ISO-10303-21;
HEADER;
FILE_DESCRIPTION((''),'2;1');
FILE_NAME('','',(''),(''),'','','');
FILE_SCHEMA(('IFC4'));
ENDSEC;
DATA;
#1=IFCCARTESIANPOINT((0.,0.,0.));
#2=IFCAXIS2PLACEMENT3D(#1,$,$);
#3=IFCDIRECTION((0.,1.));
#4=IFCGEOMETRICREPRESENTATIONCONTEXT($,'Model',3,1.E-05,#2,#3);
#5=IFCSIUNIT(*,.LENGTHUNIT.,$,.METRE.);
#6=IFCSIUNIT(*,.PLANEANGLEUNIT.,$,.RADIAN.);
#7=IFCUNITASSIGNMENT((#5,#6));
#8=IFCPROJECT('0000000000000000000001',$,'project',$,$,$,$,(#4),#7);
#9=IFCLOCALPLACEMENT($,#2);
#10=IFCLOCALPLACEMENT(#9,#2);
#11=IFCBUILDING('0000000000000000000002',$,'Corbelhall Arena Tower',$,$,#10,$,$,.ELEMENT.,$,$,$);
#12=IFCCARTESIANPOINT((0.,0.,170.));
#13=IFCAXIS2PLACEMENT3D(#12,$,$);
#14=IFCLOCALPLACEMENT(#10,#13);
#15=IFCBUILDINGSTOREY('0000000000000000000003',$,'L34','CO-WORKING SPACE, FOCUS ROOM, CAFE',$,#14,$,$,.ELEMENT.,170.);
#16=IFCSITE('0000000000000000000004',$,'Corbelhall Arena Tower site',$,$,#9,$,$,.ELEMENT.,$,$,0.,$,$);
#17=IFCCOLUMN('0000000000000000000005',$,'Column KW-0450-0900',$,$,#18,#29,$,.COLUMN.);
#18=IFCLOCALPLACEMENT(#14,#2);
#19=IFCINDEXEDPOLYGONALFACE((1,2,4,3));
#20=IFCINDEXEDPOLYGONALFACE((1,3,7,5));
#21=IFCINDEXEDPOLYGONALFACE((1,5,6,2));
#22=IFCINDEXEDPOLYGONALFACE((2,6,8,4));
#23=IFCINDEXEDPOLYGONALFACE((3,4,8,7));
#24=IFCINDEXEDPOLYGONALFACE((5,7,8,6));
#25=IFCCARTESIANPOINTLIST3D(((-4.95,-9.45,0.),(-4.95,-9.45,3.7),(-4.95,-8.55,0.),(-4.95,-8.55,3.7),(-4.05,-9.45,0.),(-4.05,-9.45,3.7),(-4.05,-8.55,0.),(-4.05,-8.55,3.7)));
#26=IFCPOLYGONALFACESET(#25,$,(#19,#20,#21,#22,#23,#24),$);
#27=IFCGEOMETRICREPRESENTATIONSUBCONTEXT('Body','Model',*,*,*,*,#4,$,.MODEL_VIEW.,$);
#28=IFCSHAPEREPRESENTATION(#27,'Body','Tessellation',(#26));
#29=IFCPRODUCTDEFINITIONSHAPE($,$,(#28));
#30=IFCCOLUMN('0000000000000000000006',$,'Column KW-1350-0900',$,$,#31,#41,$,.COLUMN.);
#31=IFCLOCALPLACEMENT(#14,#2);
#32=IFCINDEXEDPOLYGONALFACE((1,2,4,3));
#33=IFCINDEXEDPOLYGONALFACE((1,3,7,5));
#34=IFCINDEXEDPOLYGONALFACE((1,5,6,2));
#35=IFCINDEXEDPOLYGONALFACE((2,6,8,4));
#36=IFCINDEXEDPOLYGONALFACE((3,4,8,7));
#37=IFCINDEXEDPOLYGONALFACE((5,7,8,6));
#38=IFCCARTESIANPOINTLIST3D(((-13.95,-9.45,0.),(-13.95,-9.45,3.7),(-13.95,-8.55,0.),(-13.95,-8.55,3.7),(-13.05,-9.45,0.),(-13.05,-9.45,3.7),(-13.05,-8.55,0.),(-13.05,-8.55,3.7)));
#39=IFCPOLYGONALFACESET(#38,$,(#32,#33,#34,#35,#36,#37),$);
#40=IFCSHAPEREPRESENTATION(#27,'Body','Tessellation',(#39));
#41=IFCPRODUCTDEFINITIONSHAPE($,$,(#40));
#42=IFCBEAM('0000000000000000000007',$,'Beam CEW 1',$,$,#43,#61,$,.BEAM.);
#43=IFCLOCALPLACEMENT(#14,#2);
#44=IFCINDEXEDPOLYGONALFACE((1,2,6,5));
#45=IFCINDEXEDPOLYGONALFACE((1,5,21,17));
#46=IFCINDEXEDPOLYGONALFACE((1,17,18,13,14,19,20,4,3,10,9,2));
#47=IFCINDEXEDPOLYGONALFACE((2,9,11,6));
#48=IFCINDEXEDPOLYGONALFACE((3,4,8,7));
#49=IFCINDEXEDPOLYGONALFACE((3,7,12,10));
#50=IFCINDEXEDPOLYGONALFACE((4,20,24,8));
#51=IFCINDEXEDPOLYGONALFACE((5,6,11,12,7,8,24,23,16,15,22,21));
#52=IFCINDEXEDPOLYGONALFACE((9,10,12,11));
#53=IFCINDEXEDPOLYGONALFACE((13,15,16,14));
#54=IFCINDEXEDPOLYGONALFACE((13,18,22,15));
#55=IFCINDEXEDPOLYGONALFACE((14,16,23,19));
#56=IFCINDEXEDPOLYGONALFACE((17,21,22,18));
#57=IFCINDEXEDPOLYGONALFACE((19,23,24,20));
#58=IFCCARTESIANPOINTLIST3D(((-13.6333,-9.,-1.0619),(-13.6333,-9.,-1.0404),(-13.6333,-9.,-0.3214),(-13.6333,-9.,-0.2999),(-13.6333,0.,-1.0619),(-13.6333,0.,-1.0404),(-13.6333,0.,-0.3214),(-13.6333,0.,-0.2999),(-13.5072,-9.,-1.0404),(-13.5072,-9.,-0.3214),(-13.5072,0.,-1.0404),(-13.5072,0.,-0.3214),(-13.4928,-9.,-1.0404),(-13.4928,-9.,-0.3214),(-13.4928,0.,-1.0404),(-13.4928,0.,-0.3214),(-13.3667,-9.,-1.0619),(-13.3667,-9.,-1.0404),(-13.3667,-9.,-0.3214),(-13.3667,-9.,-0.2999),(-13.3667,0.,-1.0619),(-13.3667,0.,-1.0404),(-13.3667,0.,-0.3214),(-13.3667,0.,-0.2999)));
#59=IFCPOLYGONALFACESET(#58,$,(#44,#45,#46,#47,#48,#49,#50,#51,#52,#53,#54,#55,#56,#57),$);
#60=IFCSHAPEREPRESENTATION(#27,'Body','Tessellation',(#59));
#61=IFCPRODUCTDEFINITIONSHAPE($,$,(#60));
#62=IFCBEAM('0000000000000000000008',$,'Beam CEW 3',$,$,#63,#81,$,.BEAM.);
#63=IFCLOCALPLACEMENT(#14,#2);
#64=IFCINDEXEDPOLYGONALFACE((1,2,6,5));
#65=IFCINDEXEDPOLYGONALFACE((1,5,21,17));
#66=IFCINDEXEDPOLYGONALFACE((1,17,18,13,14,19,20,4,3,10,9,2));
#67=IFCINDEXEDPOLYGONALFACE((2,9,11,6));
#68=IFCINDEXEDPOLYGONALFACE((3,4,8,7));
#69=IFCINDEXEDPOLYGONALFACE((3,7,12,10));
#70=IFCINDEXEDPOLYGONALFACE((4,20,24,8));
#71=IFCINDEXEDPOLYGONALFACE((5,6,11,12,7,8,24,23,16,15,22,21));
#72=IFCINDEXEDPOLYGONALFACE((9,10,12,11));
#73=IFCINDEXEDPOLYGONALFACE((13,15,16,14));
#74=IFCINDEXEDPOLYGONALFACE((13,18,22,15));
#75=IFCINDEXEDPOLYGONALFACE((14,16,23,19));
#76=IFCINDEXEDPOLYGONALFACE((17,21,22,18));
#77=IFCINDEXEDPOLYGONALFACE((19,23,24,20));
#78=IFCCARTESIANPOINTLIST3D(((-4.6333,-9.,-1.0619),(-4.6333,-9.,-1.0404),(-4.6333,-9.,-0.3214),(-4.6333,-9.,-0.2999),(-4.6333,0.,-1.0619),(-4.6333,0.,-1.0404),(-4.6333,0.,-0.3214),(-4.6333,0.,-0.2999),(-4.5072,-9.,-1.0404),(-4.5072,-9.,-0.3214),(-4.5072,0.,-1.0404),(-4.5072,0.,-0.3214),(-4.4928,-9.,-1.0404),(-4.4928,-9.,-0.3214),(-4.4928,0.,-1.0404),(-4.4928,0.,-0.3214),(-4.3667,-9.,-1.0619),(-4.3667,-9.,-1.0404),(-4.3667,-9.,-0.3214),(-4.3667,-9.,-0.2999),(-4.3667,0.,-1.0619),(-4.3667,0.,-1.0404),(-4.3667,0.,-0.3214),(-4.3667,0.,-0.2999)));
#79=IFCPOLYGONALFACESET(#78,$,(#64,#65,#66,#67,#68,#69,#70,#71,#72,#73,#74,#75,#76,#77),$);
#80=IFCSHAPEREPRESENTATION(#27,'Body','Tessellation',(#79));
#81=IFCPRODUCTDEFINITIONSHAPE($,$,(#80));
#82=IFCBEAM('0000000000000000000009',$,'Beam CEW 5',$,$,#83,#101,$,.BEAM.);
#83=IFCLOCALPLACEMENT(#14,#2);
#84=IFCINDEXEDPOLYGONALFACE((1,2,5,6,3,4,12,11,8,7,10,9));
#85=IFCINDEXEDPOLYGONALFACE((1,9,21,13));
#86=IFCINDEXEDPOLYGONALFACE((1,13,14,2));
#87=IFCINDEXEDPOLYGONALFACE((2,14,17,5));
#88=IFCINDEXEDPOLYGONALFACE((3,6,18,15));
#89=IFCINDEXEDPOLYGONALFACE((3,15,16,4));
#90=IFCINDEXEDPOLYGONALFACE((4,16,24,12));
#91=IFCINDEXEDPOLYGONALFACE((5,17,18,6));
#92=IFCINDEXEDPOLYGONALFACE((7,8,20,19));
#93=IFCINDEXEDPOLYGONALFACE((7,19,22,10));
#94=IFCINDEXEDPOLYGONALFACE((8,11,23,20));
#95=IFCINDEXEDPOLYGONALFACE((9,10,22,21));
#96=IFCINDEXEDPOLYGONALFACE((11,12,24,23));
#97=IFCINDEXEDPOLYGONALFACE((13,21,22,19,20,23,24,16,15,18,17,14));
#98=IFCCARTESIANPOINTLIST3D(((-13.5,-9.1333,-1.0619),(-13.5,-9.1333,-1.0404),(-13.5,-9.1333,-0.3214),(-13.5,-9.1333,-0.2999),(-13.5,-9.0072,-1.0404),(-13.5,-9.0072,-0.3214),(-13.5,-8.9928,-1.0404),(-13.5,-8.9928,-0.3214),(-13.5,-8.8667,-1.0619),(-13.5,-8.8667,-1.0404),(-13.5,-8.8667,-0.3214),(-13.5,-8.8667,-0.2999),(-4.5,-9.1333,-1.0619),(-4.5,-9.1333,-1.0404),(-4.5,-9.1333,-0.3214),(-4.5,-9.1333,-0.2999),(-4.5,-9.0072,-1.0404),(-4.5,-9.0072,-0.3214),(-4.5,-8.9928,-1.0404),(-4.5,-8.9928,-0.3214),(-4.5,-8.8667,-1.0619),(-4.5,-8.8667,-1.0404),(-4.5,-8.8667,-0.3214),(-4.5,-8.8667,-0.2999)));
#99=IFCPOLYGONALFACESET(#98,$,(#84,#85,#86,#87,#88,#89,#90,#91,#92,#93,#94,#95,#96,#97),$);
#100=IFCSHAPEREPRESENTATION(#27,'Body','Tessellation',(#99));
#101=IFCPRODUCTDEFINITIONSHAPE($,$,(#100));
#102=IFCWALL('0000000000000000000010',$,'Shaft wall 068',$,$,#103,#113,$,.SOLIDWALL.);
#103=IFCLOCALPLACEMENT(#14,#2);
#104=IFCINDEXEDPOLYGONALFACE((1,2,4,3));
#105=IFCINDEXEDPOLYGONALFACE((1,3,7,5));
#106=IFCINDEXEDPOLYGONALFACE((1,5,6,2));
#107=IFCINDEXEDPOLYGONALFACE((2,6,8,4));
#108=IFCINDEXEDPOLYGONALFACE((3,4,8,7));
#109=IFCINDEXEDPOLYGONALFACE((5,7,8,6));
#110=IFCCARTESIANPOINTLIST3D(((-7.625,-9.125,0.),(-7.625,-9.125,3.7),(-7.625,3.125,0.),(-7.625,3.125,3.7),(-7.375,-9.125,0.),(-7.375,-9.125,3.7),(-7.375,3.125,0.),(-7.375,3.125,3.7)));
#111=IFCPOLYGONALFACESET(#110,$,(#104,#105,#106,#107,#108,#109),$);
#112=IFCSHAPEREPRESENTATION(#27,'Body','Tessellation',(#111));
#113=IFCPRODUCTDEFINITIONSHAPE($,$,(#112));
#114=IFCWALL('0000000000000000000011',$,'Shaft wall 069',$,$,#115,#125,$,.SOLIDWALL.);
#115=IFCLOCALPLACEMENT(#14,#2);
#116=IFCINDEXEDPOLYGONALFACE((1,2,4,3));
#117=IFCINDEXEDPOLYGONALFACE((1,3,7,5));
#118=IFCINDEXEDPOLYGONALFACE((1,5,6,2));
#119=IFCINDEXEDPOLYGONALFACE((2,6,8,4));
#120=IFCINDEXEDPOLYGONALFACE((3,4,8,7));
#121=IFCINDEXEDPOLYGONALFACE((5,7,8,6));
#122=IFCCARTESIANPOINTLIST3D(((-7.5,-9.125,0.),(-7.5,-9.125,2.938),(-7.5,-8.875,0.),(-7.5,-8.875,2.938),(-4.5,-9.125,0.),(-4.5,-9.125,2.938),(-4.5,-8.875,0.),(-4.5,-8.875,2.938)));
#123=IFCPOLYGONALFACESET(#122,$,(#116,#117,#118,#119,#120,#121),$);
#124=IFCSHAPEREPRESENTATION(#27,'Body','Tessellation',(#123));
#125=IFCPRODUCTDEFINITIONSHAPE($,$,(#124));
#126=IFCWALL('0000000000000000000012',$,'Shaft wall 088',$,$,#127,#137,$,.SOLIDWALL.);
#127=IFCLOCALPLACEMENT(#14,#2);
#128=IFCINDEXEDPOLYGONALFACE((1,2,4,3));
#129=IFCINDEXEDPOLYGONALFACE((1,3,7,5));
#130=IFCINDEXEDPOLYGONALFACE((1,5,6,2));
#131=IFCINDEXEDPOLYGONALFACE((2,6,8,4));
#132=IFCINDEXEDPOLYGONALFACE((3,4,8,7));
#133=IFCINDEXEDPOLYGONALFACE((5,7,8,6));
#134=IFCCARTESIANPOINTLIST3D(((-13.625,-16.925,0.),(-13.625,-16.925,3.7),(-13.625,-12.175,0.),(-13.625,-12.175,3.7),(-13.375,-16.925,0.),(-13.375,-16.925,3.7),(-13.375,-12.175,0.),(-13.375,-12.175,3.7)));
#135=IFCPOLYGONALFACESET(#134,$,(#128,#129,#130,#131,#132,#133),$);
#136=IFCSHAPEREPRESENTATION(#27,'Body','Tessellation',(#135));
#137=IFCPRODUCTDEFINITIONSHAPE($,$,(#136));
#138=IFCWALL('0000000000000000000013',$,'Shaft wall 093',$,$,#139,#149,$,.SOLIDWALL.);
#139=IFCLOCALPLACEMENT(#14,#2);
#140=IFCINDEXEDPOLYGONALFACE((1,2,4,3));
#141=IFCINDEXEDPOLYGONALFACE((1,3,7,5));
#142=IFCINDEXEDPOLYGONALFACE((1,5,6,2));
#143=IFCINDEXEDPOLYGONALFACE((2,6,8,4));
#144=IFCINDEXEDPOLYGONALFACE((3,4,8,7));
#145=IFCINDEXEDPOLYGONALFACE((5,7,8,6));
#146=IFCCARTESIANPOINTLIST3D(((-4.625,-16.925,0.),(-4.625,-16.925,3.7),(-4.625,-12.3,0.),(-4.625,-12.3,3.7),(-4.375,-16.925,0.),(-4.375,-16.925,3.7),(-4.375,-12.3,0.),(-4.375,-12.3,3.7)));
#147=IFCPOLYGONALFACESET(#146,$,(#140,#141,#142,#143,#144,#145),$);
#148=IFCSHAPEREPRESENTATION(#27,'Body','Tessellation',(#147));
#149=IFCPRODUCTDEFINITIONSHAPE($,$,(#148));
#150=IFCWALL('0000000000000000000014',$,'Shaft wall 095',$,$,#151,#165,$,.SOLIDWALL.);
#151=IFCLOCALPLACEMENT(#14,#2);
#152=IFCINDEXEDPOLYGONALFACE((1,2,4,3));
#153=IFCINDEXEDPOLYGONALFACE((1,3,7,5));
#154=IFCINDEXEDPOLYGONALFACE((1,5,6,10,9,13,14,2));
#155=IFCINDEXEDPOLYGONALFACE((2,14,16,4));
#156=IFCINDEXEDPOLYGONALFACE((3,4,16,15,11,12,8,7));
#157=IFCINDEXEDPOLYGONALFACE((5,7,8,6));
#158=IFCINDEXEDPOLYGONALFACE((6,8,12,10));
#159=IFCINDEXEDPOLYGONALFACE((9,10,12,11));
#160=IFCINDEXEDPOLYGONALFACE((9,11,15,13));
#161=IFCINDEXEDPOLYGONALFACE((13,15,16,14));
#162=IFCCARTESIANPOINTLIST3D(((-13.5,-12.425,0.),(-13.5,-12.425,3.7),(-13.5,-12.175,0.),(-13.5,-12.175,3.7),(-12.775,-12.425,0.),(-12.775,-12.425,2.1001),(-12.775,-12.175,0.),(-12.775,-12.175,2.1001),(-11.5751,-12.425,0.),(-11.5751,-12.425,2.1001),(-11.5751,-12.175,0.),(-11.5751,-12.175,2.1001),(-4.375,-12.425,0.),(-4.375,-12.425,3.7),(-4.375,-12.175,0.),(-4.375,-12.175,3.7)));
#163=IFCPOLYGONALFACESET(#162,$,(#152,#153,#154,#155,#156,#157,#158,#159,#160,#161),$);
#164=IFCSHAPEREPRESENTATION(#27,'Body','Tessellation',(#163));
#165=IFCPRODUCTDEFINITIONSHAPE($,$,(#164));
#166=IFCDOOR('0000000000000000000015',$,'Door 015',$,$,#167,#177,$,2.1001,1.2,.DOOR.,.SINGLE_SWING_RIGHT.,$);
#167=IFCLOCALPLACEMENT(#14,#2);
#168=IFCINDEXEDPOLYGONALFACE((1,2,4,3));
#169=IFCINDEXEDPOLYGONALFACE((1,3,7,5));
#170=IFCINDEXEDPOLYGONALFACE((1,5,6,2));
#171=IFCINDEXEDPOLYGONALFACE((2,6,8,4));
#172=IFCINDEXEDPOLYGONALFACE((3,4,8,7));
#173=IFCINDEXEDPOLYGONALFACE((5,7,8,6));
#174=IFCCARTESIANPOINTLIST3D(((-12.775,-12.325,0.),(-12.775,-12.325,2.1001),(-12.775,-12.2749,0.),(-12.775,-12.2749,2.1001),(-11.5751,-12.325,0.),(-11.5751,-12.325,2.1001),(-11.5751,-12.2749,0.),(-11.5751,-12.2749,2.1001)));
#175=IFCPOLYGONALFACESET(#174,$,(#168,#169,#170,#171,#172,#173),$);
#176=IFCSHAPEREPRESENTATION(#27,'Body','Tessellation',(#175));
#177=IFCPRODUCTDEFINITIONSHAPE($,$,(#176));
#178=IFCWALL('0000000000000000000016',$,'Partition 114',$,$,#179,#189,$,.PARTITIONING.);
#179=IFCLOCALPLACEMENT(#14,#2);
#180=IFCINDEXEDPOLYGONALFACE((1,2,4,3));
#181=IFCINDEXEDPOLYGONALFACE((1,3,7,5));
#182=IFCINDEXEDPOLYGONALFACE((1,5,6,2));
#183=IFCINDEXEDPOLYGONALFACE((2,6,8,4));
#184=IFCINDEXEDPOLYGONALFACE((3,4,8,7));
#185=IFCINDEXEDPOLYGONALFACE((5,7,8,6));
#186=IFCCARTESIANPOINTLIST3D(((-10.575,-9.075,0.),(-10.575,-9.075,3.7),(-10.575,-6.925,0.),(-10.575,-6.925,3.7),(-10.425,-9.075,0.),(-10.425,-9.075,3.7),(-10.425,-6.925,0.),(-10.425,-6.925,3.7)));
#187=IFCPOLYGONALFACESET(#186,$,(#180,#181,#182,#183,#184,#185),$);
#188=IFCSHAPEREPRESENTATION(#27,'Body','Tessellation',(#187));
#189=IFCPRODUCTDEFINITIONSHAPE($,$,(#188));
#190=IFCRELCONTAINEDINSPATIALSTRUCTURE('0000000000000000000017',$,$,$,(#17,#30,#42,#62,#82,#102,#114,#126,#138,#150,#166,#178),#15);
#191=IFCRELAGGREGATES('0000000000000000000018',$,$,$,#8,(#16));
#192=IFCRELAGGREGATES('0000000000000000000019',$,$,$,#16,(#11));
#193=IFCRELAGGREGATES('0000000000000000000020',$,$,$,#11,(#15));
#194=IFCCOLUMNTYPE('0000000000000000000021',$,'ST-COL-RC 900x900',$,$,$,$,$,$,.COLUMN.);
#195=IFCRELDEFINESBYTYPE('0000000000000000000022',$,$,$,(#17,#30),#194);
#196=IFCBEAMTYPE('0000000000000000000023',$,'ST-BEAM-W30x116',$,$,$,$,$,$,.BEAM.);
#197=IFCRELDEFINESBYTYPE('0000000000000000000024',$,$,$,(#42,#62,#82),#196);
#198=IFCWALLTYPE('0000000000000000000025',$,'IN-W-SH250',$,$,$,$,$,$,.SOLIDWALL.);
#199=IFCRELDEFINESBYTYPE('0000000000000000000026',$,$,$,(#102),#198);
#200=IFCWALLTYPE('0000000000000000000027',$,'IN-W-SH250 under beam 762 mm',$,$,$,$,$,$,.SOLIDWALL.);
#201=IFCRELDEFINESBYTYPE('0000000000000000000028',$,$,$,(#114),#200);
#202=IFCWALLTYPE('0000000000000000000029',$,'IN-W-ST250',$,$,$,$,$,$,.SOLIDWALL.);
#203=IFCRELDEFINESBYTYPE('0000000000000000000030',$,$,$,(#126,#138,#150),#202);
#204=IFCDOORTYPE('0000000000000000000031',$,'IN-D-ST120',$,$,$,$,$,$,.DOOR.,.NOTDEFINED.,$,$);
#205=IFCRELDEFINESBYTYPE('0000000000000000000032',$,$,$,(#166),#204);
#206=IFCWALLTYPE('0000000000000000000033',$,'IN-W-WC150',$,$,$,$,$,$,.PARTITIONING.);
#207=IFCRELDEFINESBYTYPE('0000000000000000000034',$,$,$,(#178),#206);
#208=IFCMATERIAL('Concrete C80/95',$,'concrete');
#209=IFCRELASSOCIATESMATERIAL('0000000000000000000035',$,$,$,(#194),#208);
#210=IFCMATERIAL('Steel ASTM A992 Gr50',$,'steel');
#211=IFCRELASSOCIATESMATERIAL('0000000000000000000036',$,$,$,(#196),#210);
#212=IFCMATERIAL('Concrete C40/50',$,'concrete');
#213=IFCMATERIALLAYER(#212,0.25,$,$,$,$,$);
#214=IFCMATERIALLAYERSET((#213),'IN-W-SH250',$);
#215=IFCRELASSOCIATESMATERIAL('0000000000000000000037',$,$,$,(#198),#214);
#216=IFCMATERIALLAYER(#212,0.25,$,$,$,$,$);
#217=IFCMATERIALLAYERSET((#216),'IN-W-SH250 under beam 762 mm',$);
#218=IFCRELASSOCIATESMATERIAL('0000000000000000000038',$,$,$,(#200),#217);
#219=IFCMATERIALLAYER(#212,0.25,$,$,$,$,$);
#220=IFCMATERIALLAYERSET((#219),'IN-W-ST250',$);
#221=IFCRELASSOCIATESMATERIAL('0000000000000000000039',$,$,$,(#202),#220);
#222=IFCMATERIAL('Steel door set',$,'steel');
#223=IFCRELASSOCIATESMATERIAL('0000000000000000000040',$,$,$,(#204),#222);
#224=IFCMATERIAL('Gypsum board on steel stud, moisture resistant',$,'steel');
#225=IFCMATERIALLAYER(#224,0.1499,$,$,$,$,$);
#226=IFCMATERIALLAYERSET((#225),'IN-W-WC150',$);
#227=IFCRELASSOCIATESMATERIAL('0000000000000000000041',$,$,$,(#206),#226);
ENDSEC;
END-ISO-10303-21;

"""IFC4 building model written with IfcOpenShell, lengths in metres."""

from ifc_helpers import new_model, si_unit, direction, frame, frame_2d, origin, origin_2d, place, context, subcontext, project, spatial, rectangle, i_section, extrude, material, layer, layer_set, material_profile, profile_set, type_object, element, fill, save


model = new_model("IFC4")

# Units and contexts
model_context = context("Model", 3, precision=1e-05, world=origin(), true_north=direction((0.0, 1.0)))
body_context = subcontext(model_context, "Body", "Model", "MODEL_VIEW")
ifc_project = project(units=[si_unit("LENGTHUNIT", "METRE"), si_unit("PLANEANGLEUNIT", "RADIAN")], contexts=[model_context])

# Site, building, storey
site_placement = place(None, origin())
site = spatial("IfcSite", under=ifc_project, at=site_placement, Name="Corbelhall Arena Tower site", CompositionType="ELEMENT", RefElevation=0.0)
building_placement = place(site_placement, origin())
building = spatial("IfcBuilding", under=site, at=building_placement, Name="Corbelhall Arena Tower", CompositionType="ELEMENT")
storey_placement = place(building_placement, frame((0.0, 0.0, 170.0)))
storey = spatial("IfcBuildingStorey", under=building, at=storey_placement, Name="L34", Description="CO-WORKING SPACE, FOCUS ROOM, CAFE", CompositionType="ELEMENT", Elevation=170.0)

# Columns
ifc_material_1 = material(Name="Concrete C80/95", Category="concrete")
ifc_material_profile_1 = material_profile(ifc_material_1, rectangle(XDim=0.8999, YDim=0.8999, at=origin_2d()))
ifc_profile_set_1 = profile_set([ifc_material_profile_1], Name="Concrete C80/95")
column_type = type_object("IfcColumnType", Name="ST-COL-RC 900x900", PredefinedType="COLUMN", material=ifc_profile_set_1)
for number, where, z_axis, x_axis, name in (
    (1, (-4.5, -9.0, 0.0), (0.0, 0.0, 1.0), (1.0, 0.0, 0.0), "Column KW-0450-0900"),
    (2, (-13.5, -9.0, 0.0), (0.0, 0.0, 1.0), (1.0, 0.0, 0.0), "Column KW-1350-0900"),
):
    element("IfcColumn", number, at=place(storey_placement, frame(where, z_axis=z_axis, x_axis=x_axis)), inside=storey, type_object=column_type, Name=name, PredefinedType="COLUMN", context=body_context, shape_type="SweptSolid", body=[
        extrude(rectangle(XDim=0.8999, YDim=0.8999, at=origin_2d()), origin(), (0.0, 0.0, 1.0), 3.7),
    ])

# Beams
ifc_material_2 = material(Name="Steel ASTM A992 Gr50", Category="steel")
ifc_material_profile_2 = material_profile(ifc_material_2, i_section(OverallWidth=0.2666, OverallDepth=0.762, WebThickness=0.0144, FlangeThickness=0.0215, at=origin_2d()))
ifc_profile_set_2 = profile_set([ifc_material_profile_2], Name="Steel ASTM A992 Gr50")
beam_type = type_object("IfcBeamType", Name="ST-BEAM-W30x116", PredefinedType="BEAM", material=ifc_profile_set_2)
for number, where, z_axis, x_axis, name in (
    (3, (-13.5, -9.0, -0.6809), (0.0, 1.0, 0.0), (-1.0, 0.0, 0.0), "Beam CEW 1"),
    (4, (-4.5, -9.0, -0.6809), (0.0, 1.0, 0.0), (-1.0, 0.0, 0.0), "Beam CEW 3"),
    (5, (-13.5, -9.0, -0.6809), (1.0, 0.0, 0.0), (0.0, 1.0, 0.0), "Beam CEW 5"),
):
    element("IfcBeam", number, at=place(storey_placement, frame(where, z_axis=z_axis, x_axis=x_axis)), inside=storey, type_object=beam_type, Name=name, PredefinedType="BEAM", context=body_context, shape_type="SweptSolid", body=[
        extrude(i_section(OverallWidth=0.2666, OverallDepth=0.762, WebThickness=0.0144, FlangeThickness=0.0215, at=origin_2d()), origin(), (0.0, 0.0, 1.0), 9.0),
    ])

# Walls
ifc_material_3 = material(Name="Concrete C40/50", Category="concrete")
ifc_layer_1 = layer(ifc_material_3, 0.25)
ifc_layer_set_1 = layer_set([ifc_layer_1], Name="IN-W-SH250")
wall_type_1 = type_object("IfcWallType", Name="IN-W-SH250", PredefinedType="SOLIDWALL", material=ifc_layer_set_1)
wall_1_placement = place(storey_placement, frame((-7.5, -9.125, 0.0), z_axis=(0.0, 0.0, 1.0), x_axis=(0.0, 1.0, 0.0)))
element("IfcWall", 6, at=wall_1_placement, inside=storey, type_object=wall_type_1, Name="Shaft wall 068", PredefinedType="SOLIDWALL", context=body_context, shape_type="SweptSolid", body=[
    extrude(rectangle(XDim=12.25, YDim=0.25, at=frame_2d((6.125, 0.0))), origin(), (0.0, 0.0, 1.0), 3.7),
])
ifc_layer_2 = layer(ifc_material_3, 0.25)
ifc_layer_set_2 = layer_set([ifc_layer_2], Name="IN-W-SH250 under beam 762 mm")
wall_type_2 = type_object("IfcWallType", Name="IN-W-SH250 under beam 762 mm", PredefinedType="SOLIDWALL", material=ifc_layer_set_2)
wall_2_placement = place(storey_placement, frame((-4.5, -9.0, 0.0), z_axis=(0.0, 0.0, 1.0), x_axis=(-1.0, 0.0, 0.0)))
element("IfcWall", 7, at=wall_2_placement, inside=storey, type_object=wall_type_2, Name="Shaft wall 069", PredefinedType="SOLIDWALL", context=body_context, shape_type="SweptSolid", body=[
    extrude(rectangle(XDim=3.0, YDim=0.25, at=frame_2d((1.5, 0.0))), origin(), (0.0, 0.0, 1.0), 2.938),
])
ifc_layer_3 = layer(ifc_material_3, 0.25)
ifc_layer_set_3 = layer_set([ifc_layer_3], Name="IN-W-ST250")
wall_type_3 = type_object("IfcWallType", Name="IN-W-ST250", PredefinedType="SOLIDWALL", material=ifc_layer_set_3)
wall_3_placement = place(storey_placement, frame((-13.5, -12.175, 0.0), z_axis=(0.0, 0.0, 1.0), x_axis=(0.0, -1.0, 0.0)))
element("IfcWall", 8, at=wall_3_placement, inside=storey, type_object=wall_type_3, Name="Shaft wall 088", PredefinedType="SOLIDWALL", context=body_context, shape_type="SweptSolid", body=[
    extrude(rectangle(XDim=4.75, YDim=0.25, at=frame_2d((2.375, 0.0))), origin(), (0.0, 0.0, 1.0), 3.7),
])
wall_4_placement = place(storey_placement, frame((-4.5, -12.3, 0.0), z_axis=(0.0, 0.0, 1.0), x_axis=(0.0, -1.0, 0.0)))
element("IfcWall", 9, at=wall_4_placement, inside=storey, type_object=wall_type_3, Name="Shaft wall 093", PredefinedType="SOLIDWALL", context=body_context, shape_type="SweptSolid", body=[
    extrude(rectangle(XDim=4.625, YDim=0.25, at=frame_2d((2.3125, 0.0))), origin(), (0.0, 0.0, 1.0), 3.7),
])

# Wall, opening, door
wall_5_placement = place(storey_placement, frame((-4.375, -12.3, 0.0), z_axis=(0.0, 0.0, 1.0), x_axis=(-1.0, 0.0, 0.0)))
wall_5 = element("IfcWall", 10, at=wall_5_placement, inside=storey, type_object=wall_type_3, Name="Shaft wall 095", PredefinedType="SOLIDWALL", context=body_context, shape_type="SweptSolid", body=[
    extrude(rectangle(XDim=9.125, YDim=0.25, at=frame_2d((4.5625, 0.0))), origin(), (0.0, 0.0, 1.0), 3.7),
])
opening_1_placement = place(wall_5_placement, frame((7.2, 0.0, 0.0)))
opening_1 = element("IfcOpeningElement", 11, at=opening_1_placement, cuts=wall_5, PredefinedType="OPENING", context=body_context, shape_type="SweptSolid", body=[
    extrude(rectangle(XDim=1.2, YDim=2.1001, at=frame_2d((0.6001, 1.05))), frame((0.0, 0.125, 0.0), z_axis=(0.0, -1.0, 0.0), x_axis=(1.0, 0.0, 0.0)), (0.0, 0.0, 1.0), 0.25),
])
ifc_material_4 = material(Name="Steel door set", Category="steel")
door_type_1 = type_object("IfcDoorType", Name="IN-D-ST120", OperationType="NOTDEFINED", PredefinedType="DOOR", material=ifc_material_4)
door_1_placement = place(opening_1_placement, origin())
door_1 = element("IfcDoor", 12, at=door_1_placement, inside=storey, type_object=door_type_1, Name="Door 015", OperationType="SINGLE_SWING_RIGHT", OverallHeight=2.1001, OverallWidth=1.2, PredefinedType="DOOR", context=body_context, shape_type="SweptSolid", body=[
    extrude(rectangle(XDim=1.2, YDim=2.1001, at=frame_2d((0.6001, 1.05))), frame((0.0, 0.0249, 0.0), z_axis=(0.0, -1.0, 0.0), x_axis=(1.0, 0.0, 0.0)), (0.0, 0.0, 1.0), 0.05),
])
fill(opening_1, door_1)

# Wall
ifc_material_5 = material(Name="Gypsum board on steel stud, moisture resistant", Category="steel")
ifc_layer_4 = layer(ifc_material_5, 0.1499)
ifc_layer_set_4 = layer_set([ifc_layer_4], Name="IN-W-WC150")
wall_type_4 = type_object("IfcWallType", Name="IN-W-WC150", PredefinedType="PARTITIONING", material=ifc_layer_set_4)
wall_6_placement = place(storey_placement, frame((-10.5, -9.075, 0.0), z_axis=(0.0, 0.0, 1.0), x_axis=(0.0, 1.0, 0.0)))
element("IfcWall", 13, at=wall_6_placement, inside=storey, type_object=wall_type_4, Name="Partition 114", PredefinedType="PARTITIONING", context=body_context, shape_type="SweptSolid", body=[
    extrude(rectangle(XDim=2.1499, YDim=0.1499, at=frame_2d((1.075, 0.0))), origin(), (0.0, 0.0, 1.0), 3.7),
])

save(model, "model.ifc")
